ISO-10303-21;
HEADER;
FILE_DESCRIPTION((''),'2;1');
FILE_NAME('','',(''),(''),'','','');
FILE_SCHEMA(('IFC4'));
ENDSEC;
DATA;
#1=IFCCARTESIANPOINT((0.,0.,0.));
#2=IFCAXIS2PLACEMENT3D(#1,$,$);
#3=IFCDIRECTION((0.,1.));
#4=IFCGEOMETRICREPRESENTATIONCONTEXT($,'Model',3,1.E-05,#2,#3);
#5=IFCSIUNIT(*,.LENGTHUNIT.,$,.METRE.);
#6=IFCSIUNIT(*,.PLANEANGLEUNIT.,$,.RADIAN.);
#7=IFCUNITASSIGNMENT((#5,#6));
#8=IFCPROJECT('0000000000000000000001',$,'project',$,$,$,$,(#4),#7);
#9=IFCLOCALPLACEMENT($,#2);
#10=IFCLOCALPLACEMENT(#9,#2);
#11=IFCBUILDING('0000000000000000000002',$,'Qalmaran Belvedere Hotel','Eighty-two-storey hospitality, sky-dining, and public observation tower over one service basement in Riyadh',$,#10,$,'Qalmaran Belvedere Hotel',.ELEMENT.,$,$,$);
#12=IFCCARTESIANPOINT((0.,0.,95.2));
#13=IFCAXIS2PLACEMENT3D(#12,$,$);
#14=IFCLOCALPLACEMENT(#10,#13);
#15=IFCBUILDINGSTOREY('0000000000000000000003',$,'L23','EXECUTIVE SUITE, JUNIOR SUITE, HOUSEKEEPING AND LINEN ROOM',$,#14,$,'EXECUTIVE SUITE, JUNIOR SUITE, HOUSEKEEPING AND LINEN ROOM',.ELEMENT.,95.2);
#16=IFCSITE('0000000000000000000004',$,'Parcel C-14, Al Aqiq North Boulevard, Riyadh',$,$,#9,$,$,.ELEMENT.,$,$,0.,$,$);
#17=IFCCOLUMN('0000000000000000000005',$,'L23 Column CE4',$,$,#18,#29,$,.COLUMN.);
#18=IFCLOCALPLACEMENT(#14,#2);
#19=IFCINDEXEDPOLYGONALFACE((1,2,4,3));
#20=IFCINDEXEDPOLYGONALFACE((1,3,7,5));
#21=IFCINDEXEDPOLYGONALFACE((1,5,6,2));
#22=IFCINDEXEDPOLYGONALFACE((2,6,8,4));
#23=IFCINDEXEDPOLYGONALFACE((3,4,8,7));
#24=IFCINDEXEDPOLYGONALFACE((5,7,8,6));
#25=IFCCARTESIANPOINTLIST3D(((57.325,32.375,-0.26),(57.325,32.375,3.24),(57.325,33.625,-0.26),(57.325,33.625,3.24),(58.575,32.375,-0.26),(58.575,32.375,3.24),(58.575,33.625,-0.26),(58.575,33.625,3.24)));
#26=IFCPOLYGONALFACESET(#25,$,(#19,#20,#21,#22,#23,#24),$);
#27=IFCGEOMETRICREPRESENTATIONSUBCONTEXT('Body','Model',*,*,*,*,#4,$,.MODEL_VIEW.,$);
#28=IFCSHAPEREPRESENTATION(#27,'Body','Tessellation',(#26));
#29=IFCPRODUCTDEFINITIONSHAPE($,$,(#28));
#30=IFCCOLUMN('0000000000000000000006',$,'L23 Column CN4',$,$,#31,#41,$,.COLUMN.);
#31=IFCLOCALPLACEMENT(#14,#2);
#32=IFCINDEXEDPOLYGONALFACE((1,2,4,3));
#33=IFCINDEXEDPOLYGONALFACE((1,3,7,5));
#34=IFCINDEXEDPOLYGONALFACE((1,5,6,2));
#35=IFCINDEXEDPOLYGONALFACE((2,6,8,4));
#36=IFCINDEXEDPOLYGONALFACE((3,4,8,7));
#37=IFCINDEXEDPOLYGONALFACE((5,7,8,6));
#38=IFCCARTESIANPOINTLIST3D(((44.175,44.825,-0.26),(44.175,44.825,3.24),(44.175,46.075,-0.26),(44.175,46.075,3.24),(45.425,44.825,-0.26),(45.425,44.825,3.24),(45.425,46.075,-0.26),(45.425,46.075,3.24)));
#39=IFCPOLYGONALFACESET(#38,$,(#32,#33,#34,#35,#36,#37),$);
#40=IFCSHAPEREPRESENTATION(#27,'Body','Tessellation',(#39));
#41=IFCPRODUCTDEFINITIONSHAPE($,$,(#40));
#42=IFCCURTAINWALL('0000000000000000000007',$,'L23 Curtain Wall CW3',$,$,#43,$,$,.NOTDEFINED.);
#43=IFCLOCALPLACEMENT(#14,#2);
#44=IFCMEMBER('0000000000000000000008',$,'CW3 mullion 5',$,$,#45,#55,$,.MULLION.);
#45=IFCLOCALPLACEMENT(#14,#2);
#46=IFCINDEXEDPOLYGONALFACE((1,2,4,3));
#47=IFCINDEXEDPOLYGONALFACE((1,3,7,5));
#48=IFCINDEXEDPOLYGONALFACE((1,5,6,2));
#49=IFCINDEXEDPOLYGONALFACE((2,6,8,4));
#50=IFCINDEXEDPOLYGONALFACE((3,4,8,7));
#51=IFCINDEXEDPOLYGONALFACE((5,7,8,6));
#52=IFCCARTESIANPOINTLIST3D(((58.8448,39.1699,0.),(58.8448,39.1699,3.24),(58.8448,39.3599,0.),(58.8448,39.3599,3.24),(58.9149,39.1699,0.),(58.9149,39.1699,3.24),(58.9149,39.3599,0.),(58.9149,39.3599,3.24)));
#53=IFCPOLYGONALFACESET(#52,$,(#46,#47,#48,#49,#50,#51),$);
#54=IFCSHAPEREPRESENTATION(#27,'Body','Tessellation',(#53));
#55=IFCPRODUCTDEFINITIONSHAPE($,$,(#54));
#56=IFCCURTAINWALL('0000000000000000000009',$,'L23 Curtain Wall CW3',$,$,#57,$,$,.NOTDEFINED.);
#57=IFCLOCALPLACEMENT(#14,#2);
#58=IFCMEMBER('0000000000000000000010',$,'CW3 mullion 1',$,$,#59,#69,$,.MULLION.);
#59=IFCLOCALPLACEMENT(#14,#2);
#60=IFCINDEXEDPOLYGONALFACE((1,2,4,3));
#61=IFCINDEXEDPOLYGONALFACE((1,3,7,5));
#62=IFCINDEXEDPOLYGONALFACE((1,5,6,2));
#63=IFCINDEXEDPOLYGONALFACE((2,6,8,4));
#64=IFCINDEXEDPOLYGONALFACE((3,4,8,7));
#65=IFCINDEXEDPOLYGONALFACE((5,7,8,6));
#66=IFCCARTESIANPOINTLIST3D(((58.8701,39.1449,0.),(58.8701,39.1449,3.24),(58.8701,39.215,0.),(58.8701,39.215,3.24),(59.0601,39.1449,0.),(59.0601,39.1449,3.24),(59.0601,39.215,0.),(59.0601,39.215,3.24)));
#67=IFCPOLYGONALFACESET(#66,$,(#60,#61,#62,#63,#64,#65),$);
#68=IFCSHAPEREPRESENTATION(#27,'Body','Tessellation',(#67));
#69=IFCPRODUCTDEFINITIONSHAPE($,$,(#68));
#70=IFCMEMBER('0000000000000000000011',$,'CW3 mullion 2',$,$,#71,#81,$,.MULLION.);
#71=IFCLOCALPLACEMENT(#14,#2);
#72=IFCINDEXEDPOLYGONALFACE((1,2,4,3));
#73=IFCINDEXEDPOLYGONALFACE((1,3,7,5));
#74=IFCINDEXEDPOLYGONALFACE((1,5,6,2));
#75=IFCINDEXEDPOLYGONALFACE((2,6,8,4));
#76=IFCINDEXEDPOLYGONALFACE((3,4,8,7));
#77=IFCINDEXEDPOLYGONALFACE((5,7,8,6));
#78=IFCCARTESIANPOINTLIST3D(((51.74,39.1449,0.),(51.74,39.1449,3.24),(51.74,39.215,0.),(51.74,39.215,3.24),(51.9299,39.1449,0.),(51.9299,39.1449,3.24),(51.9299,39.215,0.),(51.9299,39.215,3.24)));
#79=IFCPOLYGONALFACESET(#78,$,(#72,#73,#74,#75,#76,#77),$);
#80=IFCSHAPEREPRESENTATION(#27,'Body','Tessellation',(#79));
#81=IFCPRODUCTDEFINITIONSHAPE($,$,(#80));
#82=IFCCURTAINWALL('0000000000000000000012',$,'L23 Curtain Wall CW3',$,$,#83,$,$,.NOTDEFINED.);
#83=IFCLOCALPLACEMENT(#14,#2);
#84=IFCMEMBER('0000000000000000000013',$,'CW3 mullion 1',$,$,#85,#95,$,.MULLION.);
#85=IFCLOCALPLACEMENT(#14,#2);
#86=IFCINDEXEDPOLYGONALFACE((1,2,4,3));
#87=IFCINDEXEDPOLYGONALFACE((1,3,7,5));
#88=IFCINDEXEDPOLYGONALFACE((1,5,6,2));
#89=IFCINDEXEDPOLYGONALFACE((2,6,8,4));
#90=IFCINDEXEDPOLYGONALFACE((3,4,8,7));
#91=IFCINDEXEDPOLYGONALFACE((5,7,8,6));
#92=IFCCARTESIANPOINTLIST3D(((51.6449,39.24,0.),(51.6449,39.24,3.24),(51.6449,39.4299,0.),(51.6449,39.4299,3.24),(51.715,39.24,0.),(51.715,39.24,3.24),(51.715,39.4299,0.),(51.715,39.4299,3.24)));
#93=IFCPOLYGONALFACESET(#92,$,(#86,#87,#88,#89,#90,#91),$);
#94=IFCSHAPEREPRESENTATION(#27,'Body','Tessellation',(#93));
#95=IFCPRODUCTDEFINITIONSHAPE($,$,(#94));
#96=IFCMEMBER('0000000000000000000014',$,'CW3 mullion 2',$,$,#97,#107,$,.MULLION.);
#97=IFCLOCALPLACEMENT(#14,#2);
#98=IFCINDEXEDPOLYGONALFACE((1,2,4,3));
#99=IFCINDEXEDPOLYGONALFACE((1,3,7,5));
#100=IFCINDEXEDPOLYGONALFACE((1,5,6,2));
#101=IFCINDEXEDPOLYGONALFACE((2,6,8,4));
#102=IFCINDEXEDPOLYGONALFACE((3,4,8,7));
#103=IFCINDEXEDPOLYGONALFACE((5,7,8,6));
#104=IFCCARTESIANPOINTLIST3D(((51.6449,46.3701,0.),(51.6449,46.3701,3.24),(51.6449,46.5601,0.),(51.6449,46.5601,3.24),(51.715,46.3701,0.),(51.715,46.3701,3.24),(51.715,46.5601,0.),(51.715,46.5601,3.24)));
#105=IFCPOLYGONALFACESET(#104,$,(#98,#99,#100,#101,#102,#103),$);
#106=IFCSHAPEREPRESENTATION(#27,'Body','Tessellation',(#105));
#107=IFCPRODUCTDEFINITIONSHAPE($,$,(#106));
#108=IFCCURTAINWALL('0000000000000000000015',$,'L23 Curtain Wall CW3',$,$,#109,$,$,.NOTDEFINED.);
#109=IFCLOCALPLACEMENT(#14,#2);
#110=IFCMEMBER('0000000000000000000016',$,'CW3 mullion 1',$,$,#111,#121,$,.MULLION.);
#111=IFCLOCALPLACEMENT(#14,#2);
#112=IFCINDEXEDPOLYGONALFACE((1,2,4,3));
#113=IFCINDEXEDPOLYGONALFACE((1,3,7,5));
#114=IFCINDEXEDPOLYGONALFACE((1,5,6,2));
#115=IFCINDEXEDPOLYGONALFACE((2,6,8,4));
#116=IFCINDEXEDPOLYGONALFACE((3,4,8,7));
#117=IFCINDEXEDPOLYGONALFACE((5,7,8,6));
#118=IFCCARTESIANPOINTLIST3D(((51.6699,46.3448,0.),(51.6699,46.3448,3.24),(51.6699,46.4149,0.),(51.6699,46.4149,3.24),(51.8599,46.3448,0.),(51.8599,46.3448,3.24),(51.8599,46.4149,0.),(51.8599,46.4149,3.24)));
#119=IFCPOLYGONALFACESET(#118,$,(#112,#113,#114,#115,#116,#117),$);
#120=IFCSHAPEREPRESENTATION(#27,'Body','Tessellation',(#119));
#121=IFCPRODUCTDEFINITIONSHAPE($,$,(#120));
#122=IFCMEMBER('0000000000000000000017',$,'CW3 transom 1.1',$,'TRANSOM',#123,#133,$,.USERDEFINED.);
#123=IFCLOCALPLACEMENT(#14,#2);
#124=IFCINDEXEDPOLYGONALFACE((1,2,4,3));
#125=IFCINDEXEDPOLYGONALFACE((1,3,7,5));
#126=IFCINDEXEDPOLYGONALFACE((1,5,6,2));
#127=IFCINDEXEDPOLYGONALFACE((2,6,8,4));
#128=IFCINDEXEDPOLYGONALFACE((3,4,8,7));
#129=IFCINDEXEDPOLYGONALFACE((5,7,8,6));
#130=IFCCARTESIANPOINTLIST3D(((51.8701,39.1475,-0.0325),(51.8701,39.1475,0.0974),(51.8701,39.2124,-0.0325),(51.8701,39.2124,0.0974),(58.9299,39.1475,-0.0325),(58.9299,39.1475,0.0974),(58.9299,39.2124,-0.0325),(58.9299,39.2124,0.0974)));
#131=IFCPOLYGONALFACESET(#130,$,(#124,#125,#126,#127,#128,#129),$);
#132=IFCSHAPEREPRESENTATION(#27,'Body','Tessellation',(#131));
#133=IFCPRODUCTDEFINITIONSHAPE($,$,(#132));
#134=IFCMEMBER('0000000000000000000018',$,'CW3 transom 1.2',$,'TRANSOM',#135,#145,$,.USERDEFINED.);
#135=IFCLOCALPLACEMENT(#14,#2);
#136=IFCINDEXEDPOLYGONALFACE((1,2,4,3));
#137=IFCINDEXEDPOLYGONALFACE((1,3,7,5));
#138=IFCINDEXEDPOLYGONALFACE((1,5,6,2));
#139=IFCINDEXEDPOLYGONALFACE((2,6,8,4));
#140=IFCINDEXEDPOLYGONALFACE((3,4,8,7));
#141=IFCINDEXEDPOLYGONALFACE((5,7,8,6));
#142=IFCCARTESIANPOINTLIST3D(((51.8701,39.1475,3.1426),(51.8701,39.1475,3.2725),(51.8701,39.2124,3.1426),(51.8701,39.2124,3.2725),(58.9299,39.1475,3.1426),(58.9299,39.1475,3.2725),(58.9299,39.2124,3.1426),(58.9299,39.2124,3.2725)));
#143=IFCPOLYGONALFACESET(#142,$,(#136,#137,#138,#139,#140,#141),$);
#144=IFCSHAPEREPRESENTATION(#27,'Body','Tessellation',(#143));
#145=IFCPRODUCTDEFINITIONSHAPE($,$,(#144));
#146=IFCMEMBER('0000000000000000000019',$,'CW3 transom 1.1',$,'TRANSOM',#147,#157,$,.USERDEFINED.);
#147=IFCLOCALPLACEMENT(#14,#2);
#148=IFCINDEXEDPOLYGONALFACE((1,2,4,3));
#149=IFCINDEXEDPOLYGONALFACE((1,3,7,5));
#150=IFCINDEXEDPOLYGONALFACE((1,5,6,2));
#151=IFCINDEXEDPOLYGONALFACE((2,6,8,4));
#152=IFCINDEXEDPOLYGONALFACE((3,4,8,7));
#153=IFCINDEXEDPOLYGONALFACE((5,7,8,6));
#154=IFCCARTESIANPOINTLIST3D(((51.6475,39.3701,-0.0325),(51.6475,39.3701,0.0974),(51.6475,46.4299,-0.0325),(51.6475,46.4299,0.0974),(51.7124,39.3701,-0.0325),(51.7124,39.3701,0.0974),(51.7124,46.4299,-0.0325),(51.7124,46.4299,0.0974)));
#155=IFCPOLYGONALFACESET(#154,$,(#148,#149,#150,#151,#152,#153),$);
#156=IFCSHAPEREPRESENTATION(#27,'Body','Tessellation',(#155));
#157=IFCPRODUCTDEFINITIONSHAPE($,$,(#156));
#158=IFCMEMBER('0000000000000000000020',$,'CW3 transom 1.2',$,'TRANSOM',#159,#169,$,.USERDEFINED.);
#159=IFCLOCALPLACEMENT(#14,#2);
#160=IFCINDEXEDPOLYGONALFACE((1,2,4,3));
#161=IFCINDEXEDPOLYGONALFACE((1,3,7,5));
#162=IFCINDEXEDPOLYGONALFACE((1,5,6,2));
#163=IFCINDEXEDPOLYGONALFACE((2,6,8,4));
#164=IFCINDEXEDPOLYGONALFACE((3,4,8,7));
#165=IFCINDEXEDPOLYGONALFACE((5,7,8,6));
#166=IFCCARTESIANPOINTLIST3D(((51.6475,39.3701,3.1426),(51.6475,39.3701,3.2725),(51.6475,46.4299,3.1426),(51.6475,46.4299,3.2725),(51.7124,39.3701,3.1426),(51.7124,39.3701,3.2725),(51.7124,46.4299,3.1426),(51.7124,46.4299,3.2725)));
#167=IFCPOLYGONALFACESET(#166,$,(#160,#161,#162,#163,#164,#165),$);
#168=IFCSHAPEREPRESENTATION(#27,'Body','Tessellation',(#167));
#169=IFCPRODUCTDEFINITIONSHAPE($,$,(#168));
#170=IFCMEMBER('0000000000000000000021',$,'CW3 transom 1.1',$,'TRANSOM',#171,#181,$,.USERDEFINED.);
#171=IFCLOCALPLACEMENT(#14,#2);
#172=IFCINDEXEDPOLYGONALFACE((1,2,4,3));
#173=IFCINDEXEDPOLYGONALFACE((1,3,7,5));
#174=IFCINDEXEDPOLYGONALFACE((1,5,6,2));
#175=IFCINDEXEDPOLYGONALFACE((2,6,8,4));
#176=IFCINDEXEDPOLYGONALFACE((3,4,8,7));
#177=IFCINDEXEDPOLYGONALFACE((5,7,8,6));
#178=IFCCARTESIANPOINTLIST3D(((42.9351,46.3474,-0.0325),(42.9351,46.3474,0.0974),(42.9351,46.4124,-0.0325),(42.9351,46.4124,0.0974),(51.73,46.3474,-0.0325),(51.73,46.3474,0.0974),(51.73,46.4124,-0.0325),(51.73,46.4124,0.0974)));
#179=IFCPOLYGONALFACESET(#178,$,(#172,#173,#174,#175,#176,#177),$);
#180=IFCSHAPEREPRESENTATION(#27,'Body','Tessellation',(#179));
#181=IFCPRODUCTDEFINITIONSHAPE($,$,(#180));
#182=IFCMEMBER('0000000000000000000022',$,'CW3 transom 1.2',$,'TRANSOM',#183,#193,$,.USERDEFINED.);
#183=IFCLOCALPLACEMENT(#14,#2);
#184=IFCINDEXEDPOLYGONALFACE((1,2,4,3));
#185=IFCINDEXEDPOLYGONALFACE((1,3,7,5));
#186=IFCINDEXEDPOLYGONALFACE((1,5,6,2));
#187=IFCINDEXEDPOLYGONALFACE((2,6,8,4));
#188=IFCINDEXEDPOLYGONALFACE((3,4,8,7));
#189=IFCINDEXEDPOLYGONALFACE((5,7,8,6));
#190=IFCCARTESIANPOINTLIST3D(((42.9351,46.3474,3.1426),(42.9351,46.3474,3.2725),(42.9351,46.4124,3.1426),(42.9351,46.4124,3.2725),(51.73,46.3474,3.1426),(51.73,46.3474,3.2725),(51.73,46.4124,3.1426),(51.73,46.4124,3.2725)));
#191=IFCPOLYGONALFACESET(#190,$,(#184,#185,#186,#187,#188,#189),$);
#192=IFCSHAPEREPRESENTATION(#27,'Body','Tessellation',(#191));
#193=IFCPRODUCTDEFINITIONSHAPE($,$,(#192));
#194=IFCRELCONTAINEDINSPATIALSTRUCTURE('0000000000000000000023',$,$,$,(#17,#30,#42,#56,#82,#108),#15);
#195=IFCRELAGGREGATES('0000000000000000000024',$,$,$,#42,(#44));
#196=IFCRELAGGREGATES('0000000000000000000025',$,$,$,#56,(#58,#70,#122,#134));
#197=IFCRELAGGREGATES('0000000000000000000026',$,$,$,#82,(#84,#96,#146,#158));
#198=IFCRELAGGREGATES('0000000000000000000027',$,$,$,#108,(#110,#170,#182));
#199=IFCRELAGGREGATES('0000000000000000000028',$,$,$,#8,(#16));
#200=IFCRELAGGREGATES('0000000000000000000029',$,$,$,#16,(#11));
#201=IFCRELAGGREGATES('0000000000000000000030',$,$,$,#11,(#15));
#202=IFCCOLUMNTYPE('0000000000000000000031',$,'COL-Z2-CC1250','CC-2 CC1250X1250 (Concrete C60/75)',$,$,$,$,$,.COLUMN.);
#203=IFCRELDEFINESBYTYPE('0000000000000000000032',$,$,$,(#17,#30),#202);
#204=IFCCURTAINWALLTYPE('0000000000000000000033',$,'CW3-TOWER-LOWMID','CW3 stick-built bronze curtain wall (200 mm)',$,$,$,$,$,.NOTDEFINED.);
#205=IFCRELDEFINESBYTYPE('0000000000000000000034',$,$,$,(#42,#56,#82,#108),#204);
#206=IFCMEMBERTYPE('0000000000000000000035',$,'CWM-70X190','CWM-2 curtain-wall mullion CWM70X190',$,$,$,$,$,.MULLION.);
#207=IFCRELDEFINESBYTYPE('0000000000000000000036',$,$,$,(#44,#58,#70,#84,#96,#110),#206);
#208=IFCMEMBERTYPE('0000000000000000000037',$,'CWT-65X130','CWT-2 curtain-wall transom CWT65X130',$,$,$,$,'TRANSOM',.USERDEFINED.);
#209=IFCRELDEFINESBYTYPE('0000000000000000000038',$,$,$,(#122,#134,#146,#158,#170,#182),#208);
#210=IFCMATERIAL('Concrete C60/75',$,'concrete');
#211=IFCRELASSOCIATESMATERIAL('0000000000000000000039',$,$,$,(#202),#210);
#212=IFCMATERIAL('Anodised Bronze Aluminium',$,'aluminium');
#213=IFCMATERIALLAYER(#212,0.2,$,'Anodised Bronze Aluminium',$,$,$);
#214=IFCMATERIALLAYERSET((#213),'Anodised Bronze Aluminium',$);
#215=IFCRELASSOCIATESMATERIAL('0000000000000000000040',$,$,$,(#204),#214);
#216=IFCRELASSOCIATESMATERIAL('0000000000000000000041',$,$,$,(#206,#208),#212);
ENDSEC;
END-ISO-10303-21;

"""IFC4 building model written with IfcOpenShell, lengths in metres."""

from ifc_helpers import new_model, si_unit, direction, frame, origin, origin_2d, place, context, subcontext, project, spatial, rectangle, extrude, material, layer, layer_set, material_profile, profile_set, type_object, element, aggregate, save


model = new_model("IFC4")

# Units and contexts
model_context = context("Model", 3, precision=1e-05, world=origin(), true_north=direction((0.0, 1.0)))
body_context = subcontext(model_context, "Body", "Model", "MODEL_VIEW")
ifc_project = project(units=[si_unit("LENGTHUNIT", "METRE"), si_unit("PLANEANGLEUNIT", "RADIAN")], contexts=[model_context])

# Site, building, storey
site_placement = place(None, origin())
site = spatial("IfcSite", under=ifc_project, at=site_placement, Name="Parcel C-14, Al Aqiq North Boulevard, Riyadh", CompositionType="ELEMENT", RefElevation=0.0)
building_placement = place(site_placement, origin())
building = spatial("IfcBuilding", under=site, at=building_placement, Name="Qalmaran Belvedere Hotel", Description="Eighty-two-storey hospitality, sky-dining, and public observation tower over one service basement in Riyadh", LongName="Qalmaran Belvedere Hotel", CompositionType="ELEMENT")
storey_placement = place(building_placement, frame((0.0, 0.0, 95.2)))
storey = spatial("IfcBuildingStorey", under=building, at=storey_placement, Name="L23", Description="EXECUTIVE SUITE, JUNIOR SUITE, HOUSEKEEPING AND LINEN ROOM", LongName="EXECUTIVE SUITE, JUNIOR SUITE, HOUSEKEEPING AND LINEN ROOM", CompositionType="ELEMENT", Elevation=95.2)

# Columns
ifc_material_1 = material(Name="Concrete C60/75", Category="concrete")
ifc_material_profile_1 = material_profile(ifc_material_1, rectangle(XDim=1.25, YDim=1.25, at=origin_2d()), Name="CC1250X1250")
ifc_profile_set_1 = profile_set([ifc_material_profile_1], Name="Concrete C60/75")
column_type = type_object("IfcColumnType", Name="COL-Z2-CC1250", Description="CC-2 CC1250X1250 (Concrete C60/75)", PredefinedType="COLUMN", material=ifc_profile_set_1)
for number, where, z_axis, x_axis, name in (
    (1, (57.95, 33.0, -0.26), (0.0, 0.0, 1.0), (1.0, 0.0, 0.0), "L23 Column CE4"),
    (2, (44.8, 45.45, -0.26), (0.0, 0.0, 1.0), (1.0, 0.0, 0.0), "L23 Column CN4"),
):
    element("IfcColumn", number, at=place(storey_placement, frame(where, z_axis=z_axis, x_axis=x_axis)), inside=storey, type_object=column_type, Name=name, PredefinedType="COLUMN", context=body_context, shape_type="SweptSolid", body=[
        extrude(rectangle(XDim=1.25, YDim=1.25, at=origin_2d()), origin(), (0.0, 0.0, 1.0), 3.5),
    ])

# Curtain wall, member
ifc_material_2 = material(Name="Anodised Bronze Aluminium", Category="aluminium")
ifc_layer_1 = layer(ifc_material_2, 0.2, Name="Anodised Bronze Aluminium")
ifc_layer_set_1 = layer_set([ifc_layer_1], Name="Anodised Bronze Aluminium")
curtain_wall_type = type_object("IfcCurtainWallType", Name="CW3-TOWER-LOWMID", Description="CW3 stick-built bronze curtain wall (200 mm)", PredefinedType="NOTDEFINED", material=ifc_layer_set_1)
curtain_wall_1_placement = place(storey_placement, origin())
curtain_wall_1 = element("IfcCurtainWall", 3, at=curtain_wall_1_placement, inside=storey, type_object=curtain_wall_type, Name="L23 Curtain Wall CW3", PredefinedType="NOTDEFINED")
ifc_material_profile_2 = material_profile(ifc_material_2, rectangle(XDim=0.0701, YDim=0.1899, at=origin_2d()), Name="CWM70X190")
ifc_profile_set_2 = profile_set([ifc_material_profile_2], Name="Anodised Bronze Aluminium")
member_type_1 = type_object("IfcMemberType", Name="CWM-70X190", Description="CWM-2 curtain-wall mullion CWM70X190", PredefinedType="MULLION", material=ifc_profile_set_2)
member_1_placement = place(storey_placement, frame((58.8799, 39.2649, 0.0), z_axis=(0.0, 0.0, 1.0), x_axis=(-1.0, 0.0, 0.0)))
member_1 = element("IfcMember", 4, at=member_1_placement, type_object=member_type_1, Name="CW3 mullion 5", PredefinedType="MULLION", context=body_context, shape_type="SweptSolid", body=[
    extrude(rectangle(XDim=0.0701, YDim=0.1899, at=origin_2d()), origin(), (0.0, 0.0, 1.0), 3.24),
])

# Curtain walls, members
curtain_wall_2_placement = place(storey_placement, origin())
curtain_wall_2 = element("IfcCurtainWall", 5, at=curtain_wall_2_placement, inside=storey, type_object=curtain_wall_type, Name="L23 Curtain Wall CW3", PredefinedType="NOTDEFINED")
member_2_placement = place(storey_placement, frame((58.9651, 39.1799, 0.0), z_axis=(0.0, 0.0, 1.0), x_axis=(0.0, -1.0, 0.0)))
member_2 = element("IfcMember", 6, at=member_2_placement, type_object=member_type_1, Name="CW3 mullion 1", PredefinedType="MULLION", context=body_context, shape_type="SweptSolid", body=[
    extrude(rectangle(XDim=0.0701, YDim=0.1899, at=origin_2d()), origin(), (0.0, 0.0, 1.0), 3.24),
])
member_3_placement = place(storey_placement, frame((51.835, 39.1799, 0.0), z_axis=(0.0, 0.0, 1.0), x_axis=(0.0, -1.0, 0.0)))
member_3 = element("IfcMember", 7, at=member_3_placement, type_object=member_type_1, Name="CW3 mullion 2", PredefinedType="MULLION", context=body_context, shape_type="SweptSolid", body=[
    extrude(rectangle(XDim=0.0701, YDim=0.1899, at=origin_2d()), origin(), (0.0, 0.0, 1.0), 3.24),
])
curtain_wall_3_placement = place(storey_placement, origin())
curtain_wall_3 = element("IfcCurtainWall", 8, at=curtain_wall_3_placement, inside=storey, type_object=curtain_wall_type, Name="L23 Curtain Wall CW3", PredefinedType="NOTDEFINED")
member_4_placement = place(storey_placement, frame((51.6799, 39.335, 0.0), z_axis=(0.0, 0.0, 1.0), x_axis=(-1.0, 0.0, 0.0)))
member_4 = element("IfcMember", 9, at=member_4_placement, type_object=member_type_1, Name="CW3 mullion 1", PredefinedType="MULLION", context=body_context, shape_type="SweptSolid", body=[
    extrude(rectangle(XDim=0.0701, YDim=0.1899, at=origin_2d()), origin(), (0.0, 0.0, 1.0), 3.24),
])
member_5_placement = place(storey_placement, frame((51.6799, 46.4651, 0.0), z_axis=(0.0, 0.0, 1.0), x_axis=(-1.0, 0.0, 0.0)))
member_5 = element("IfcMember", 10, at=member_5_placement, type_object=member_type_1, Name="CW3 mullion 2", PredefinedType="MULLION", context=body_context, shape_type="SweptSolid", body=[
    extrude(rectangle(XDim=0.0701, YDim=0.1899, at=origin_2d()), origin(), (0.0, 0.0, 1.0), 3.24),
])

# Curtain wall, member
curtain_wall_4_placement = place(storey_placement, origin())
curtain_wall_4 = element("IfcCurtainWall", 11, at=curtain_wall_4_placement, inside=storey, type_object=curtain_wall_type, Name="L23 Curtain Wall CW3", PredefinedType="NOTDEFINED")
member_6_placement = place(storey_placement, frame((51.7649, 46.3799, 0.0), z_axis=(0.0, 0.0, 1.0), x_axis=(0.0, -1.0, 0.0)))
member_6 = element("IfcMember", 12, at=member_6_placement, type_object=member_type_1, Name="CW3 mullion 1", PredefinedType="MULLION", context=body_context, shape_type="SweptSolid", body=[
    extrude(rectangle(XDim=0.0701, YDim=0.1899, at=origin_2d()), origin(), (0.0, 0.0, 1.0), 3.24),
])

# Members
ifc_material_profile_3 = material_profile(ifc_material_2, rectangle(XDim=0.0649, YDim=0.1299, at=origin_2d()), Name="CWT65X130")
ifc_profile_set_3 = profile_set([ifc_material_profile_3], Name="Anodised Bronze Aluminium")
member_type_2 = type_object("IfcMemberType", Name="CWT-65X130", Description="CWT-2 curtain-wall transom CWT65X130", ElementType="TRANSOM", PredefinedType="USERDEFINED", material=ifc_profile_set_3)
member_7_placement = place(storey_placement, frame((58.9299, 39.1799, 0.0325), z_axis=(-1.0, 0.0, 0.0), x_axis=(0.0, -1.0, 0.0)))
member_7 = element("IfcMember", 13, at=member_7_placement, type_object=member_type_2, Name="CW3 transom 1.1", ObjectType="TRANSOM", PredefinedType="USERDEFINED", context=body_context, shape_type="SweptSolid", body=[
    extrude(rectangle(XDim=0.0649, YDim=0.1299, at=origin_2d()), origin(), (0.0, 0.0, 1.0), 7.0598),
])
member_8_placement = place(storey_placement, frame((58.9299, 39.1799, 3.2075), z_axis=(-1.0, 0.0, 0.0), x_axis=(0.0, -1.0, 0.0)))
member_8 = element("IfcMember", 14, at=member_8_placement, type_object=member_type_2, Name="CW3 transom 1.2", ObjectType="TRANSOM", PredefinedType="USERDEFINED", context=body_context, shape_type="SweptSolid", body=[
    extrude(rectangle(XDim=0.0649, YDim=0.1299, at=origin_2d()), origin(), (0.0, 0.0, 1.0), 7.0598),
])
member_9_placement = place(storey_placement, frame((51.6799, 39.3701, 0.0325), z_axis=(0.0, 1.0, 0.0), x_axis=(-1.0, 0.0, 0.0)))
member_9 = element("IfcMember", 15, at=member_9_placement, type_object=member_type_2, Name="CW3 transom 1.1", ObjectType="TRANSOM", PredefinedType="USERDEFINED", context=body_context, shape_type="SweptSolid", body=[
    extrude(rectangle(XDim=0.0649, YDim=0.1299, at=origin_2d()), origin(), (0.0, 0.0, 1.0), 7.0598),
])
member_10_placement = place(storey_placement, frame((51.6799, 39.3701, 3.2075), z_axis=(0.0, 1.0, 0.0), x_axis=(-1.0, 0.0, 0.0)))
member_10 = element("IfcMember", 16, at=member_10_placement, type_object=member_type_2, Name="CW3 transom 1.2", ObjectType="TRANSOM", PredefinedType="USERDEFINED", context=body_context, shape_type="SweptSolid", body=[
    extrude(rectangle(XDim=0.0649, YDim=0.1299, at=origin_2d()), origin(), (0.0, 0.0, 1.0), 7.0598),
])
member_11_placement = place(storey_placement, frame((51.73, 46.3799, 0.0325), z_axis=(-1.0, 0.0, 0.0), x_axis=(0.0, -1.0, 0.0)))
member_11 = element("IfcMember", 17, at=member_11_placement, type_object=member_type_2, Name="CW3 transom 1.1", ObjectType="TRANSOM", PredefinedType="USERDEFINED", context=body_context, shape_type="SweptSolid", body=[
    extrude(rectangle(XDim=0.0649, YDim=0.1299, at=origin_2d()), origin(), (0.0, 0.0, 1.0), 8.7949),
])
member_12_placement = place(storey_placement, frame((51.73, 46.3799, 3.2075), z_axis=(-1.0, 0.0, 0.0), x_axis=(0.0, -1.0, 0.0)))
member_12 = element("IfcMember", 18, at=member_12_placement, type_object=member_type_2, Name="CW3 transom 1.2", ObjectType="TRANSOM", PredefinedType="USERDEFINED", context=body_context, shape_type="SweptSolid", body=[
    extrude(rectangle(XDim=0.0649, YDim=0.1299, at=origin_2d()), origin(), (0.0, 0.0, 1.0), 8.7949),
])

aggregate(curtain_wall_1, [member_1])
aggregate(curtain_wall_2, [member_2, member_3, member_7, member_8])
aggregate(curtain_wall_3, [member_4, member_5, member_9, member_10])
aggregate(curtain_wall_4, [member_6, member_11, member_12])

save(model, "model.ifc")
